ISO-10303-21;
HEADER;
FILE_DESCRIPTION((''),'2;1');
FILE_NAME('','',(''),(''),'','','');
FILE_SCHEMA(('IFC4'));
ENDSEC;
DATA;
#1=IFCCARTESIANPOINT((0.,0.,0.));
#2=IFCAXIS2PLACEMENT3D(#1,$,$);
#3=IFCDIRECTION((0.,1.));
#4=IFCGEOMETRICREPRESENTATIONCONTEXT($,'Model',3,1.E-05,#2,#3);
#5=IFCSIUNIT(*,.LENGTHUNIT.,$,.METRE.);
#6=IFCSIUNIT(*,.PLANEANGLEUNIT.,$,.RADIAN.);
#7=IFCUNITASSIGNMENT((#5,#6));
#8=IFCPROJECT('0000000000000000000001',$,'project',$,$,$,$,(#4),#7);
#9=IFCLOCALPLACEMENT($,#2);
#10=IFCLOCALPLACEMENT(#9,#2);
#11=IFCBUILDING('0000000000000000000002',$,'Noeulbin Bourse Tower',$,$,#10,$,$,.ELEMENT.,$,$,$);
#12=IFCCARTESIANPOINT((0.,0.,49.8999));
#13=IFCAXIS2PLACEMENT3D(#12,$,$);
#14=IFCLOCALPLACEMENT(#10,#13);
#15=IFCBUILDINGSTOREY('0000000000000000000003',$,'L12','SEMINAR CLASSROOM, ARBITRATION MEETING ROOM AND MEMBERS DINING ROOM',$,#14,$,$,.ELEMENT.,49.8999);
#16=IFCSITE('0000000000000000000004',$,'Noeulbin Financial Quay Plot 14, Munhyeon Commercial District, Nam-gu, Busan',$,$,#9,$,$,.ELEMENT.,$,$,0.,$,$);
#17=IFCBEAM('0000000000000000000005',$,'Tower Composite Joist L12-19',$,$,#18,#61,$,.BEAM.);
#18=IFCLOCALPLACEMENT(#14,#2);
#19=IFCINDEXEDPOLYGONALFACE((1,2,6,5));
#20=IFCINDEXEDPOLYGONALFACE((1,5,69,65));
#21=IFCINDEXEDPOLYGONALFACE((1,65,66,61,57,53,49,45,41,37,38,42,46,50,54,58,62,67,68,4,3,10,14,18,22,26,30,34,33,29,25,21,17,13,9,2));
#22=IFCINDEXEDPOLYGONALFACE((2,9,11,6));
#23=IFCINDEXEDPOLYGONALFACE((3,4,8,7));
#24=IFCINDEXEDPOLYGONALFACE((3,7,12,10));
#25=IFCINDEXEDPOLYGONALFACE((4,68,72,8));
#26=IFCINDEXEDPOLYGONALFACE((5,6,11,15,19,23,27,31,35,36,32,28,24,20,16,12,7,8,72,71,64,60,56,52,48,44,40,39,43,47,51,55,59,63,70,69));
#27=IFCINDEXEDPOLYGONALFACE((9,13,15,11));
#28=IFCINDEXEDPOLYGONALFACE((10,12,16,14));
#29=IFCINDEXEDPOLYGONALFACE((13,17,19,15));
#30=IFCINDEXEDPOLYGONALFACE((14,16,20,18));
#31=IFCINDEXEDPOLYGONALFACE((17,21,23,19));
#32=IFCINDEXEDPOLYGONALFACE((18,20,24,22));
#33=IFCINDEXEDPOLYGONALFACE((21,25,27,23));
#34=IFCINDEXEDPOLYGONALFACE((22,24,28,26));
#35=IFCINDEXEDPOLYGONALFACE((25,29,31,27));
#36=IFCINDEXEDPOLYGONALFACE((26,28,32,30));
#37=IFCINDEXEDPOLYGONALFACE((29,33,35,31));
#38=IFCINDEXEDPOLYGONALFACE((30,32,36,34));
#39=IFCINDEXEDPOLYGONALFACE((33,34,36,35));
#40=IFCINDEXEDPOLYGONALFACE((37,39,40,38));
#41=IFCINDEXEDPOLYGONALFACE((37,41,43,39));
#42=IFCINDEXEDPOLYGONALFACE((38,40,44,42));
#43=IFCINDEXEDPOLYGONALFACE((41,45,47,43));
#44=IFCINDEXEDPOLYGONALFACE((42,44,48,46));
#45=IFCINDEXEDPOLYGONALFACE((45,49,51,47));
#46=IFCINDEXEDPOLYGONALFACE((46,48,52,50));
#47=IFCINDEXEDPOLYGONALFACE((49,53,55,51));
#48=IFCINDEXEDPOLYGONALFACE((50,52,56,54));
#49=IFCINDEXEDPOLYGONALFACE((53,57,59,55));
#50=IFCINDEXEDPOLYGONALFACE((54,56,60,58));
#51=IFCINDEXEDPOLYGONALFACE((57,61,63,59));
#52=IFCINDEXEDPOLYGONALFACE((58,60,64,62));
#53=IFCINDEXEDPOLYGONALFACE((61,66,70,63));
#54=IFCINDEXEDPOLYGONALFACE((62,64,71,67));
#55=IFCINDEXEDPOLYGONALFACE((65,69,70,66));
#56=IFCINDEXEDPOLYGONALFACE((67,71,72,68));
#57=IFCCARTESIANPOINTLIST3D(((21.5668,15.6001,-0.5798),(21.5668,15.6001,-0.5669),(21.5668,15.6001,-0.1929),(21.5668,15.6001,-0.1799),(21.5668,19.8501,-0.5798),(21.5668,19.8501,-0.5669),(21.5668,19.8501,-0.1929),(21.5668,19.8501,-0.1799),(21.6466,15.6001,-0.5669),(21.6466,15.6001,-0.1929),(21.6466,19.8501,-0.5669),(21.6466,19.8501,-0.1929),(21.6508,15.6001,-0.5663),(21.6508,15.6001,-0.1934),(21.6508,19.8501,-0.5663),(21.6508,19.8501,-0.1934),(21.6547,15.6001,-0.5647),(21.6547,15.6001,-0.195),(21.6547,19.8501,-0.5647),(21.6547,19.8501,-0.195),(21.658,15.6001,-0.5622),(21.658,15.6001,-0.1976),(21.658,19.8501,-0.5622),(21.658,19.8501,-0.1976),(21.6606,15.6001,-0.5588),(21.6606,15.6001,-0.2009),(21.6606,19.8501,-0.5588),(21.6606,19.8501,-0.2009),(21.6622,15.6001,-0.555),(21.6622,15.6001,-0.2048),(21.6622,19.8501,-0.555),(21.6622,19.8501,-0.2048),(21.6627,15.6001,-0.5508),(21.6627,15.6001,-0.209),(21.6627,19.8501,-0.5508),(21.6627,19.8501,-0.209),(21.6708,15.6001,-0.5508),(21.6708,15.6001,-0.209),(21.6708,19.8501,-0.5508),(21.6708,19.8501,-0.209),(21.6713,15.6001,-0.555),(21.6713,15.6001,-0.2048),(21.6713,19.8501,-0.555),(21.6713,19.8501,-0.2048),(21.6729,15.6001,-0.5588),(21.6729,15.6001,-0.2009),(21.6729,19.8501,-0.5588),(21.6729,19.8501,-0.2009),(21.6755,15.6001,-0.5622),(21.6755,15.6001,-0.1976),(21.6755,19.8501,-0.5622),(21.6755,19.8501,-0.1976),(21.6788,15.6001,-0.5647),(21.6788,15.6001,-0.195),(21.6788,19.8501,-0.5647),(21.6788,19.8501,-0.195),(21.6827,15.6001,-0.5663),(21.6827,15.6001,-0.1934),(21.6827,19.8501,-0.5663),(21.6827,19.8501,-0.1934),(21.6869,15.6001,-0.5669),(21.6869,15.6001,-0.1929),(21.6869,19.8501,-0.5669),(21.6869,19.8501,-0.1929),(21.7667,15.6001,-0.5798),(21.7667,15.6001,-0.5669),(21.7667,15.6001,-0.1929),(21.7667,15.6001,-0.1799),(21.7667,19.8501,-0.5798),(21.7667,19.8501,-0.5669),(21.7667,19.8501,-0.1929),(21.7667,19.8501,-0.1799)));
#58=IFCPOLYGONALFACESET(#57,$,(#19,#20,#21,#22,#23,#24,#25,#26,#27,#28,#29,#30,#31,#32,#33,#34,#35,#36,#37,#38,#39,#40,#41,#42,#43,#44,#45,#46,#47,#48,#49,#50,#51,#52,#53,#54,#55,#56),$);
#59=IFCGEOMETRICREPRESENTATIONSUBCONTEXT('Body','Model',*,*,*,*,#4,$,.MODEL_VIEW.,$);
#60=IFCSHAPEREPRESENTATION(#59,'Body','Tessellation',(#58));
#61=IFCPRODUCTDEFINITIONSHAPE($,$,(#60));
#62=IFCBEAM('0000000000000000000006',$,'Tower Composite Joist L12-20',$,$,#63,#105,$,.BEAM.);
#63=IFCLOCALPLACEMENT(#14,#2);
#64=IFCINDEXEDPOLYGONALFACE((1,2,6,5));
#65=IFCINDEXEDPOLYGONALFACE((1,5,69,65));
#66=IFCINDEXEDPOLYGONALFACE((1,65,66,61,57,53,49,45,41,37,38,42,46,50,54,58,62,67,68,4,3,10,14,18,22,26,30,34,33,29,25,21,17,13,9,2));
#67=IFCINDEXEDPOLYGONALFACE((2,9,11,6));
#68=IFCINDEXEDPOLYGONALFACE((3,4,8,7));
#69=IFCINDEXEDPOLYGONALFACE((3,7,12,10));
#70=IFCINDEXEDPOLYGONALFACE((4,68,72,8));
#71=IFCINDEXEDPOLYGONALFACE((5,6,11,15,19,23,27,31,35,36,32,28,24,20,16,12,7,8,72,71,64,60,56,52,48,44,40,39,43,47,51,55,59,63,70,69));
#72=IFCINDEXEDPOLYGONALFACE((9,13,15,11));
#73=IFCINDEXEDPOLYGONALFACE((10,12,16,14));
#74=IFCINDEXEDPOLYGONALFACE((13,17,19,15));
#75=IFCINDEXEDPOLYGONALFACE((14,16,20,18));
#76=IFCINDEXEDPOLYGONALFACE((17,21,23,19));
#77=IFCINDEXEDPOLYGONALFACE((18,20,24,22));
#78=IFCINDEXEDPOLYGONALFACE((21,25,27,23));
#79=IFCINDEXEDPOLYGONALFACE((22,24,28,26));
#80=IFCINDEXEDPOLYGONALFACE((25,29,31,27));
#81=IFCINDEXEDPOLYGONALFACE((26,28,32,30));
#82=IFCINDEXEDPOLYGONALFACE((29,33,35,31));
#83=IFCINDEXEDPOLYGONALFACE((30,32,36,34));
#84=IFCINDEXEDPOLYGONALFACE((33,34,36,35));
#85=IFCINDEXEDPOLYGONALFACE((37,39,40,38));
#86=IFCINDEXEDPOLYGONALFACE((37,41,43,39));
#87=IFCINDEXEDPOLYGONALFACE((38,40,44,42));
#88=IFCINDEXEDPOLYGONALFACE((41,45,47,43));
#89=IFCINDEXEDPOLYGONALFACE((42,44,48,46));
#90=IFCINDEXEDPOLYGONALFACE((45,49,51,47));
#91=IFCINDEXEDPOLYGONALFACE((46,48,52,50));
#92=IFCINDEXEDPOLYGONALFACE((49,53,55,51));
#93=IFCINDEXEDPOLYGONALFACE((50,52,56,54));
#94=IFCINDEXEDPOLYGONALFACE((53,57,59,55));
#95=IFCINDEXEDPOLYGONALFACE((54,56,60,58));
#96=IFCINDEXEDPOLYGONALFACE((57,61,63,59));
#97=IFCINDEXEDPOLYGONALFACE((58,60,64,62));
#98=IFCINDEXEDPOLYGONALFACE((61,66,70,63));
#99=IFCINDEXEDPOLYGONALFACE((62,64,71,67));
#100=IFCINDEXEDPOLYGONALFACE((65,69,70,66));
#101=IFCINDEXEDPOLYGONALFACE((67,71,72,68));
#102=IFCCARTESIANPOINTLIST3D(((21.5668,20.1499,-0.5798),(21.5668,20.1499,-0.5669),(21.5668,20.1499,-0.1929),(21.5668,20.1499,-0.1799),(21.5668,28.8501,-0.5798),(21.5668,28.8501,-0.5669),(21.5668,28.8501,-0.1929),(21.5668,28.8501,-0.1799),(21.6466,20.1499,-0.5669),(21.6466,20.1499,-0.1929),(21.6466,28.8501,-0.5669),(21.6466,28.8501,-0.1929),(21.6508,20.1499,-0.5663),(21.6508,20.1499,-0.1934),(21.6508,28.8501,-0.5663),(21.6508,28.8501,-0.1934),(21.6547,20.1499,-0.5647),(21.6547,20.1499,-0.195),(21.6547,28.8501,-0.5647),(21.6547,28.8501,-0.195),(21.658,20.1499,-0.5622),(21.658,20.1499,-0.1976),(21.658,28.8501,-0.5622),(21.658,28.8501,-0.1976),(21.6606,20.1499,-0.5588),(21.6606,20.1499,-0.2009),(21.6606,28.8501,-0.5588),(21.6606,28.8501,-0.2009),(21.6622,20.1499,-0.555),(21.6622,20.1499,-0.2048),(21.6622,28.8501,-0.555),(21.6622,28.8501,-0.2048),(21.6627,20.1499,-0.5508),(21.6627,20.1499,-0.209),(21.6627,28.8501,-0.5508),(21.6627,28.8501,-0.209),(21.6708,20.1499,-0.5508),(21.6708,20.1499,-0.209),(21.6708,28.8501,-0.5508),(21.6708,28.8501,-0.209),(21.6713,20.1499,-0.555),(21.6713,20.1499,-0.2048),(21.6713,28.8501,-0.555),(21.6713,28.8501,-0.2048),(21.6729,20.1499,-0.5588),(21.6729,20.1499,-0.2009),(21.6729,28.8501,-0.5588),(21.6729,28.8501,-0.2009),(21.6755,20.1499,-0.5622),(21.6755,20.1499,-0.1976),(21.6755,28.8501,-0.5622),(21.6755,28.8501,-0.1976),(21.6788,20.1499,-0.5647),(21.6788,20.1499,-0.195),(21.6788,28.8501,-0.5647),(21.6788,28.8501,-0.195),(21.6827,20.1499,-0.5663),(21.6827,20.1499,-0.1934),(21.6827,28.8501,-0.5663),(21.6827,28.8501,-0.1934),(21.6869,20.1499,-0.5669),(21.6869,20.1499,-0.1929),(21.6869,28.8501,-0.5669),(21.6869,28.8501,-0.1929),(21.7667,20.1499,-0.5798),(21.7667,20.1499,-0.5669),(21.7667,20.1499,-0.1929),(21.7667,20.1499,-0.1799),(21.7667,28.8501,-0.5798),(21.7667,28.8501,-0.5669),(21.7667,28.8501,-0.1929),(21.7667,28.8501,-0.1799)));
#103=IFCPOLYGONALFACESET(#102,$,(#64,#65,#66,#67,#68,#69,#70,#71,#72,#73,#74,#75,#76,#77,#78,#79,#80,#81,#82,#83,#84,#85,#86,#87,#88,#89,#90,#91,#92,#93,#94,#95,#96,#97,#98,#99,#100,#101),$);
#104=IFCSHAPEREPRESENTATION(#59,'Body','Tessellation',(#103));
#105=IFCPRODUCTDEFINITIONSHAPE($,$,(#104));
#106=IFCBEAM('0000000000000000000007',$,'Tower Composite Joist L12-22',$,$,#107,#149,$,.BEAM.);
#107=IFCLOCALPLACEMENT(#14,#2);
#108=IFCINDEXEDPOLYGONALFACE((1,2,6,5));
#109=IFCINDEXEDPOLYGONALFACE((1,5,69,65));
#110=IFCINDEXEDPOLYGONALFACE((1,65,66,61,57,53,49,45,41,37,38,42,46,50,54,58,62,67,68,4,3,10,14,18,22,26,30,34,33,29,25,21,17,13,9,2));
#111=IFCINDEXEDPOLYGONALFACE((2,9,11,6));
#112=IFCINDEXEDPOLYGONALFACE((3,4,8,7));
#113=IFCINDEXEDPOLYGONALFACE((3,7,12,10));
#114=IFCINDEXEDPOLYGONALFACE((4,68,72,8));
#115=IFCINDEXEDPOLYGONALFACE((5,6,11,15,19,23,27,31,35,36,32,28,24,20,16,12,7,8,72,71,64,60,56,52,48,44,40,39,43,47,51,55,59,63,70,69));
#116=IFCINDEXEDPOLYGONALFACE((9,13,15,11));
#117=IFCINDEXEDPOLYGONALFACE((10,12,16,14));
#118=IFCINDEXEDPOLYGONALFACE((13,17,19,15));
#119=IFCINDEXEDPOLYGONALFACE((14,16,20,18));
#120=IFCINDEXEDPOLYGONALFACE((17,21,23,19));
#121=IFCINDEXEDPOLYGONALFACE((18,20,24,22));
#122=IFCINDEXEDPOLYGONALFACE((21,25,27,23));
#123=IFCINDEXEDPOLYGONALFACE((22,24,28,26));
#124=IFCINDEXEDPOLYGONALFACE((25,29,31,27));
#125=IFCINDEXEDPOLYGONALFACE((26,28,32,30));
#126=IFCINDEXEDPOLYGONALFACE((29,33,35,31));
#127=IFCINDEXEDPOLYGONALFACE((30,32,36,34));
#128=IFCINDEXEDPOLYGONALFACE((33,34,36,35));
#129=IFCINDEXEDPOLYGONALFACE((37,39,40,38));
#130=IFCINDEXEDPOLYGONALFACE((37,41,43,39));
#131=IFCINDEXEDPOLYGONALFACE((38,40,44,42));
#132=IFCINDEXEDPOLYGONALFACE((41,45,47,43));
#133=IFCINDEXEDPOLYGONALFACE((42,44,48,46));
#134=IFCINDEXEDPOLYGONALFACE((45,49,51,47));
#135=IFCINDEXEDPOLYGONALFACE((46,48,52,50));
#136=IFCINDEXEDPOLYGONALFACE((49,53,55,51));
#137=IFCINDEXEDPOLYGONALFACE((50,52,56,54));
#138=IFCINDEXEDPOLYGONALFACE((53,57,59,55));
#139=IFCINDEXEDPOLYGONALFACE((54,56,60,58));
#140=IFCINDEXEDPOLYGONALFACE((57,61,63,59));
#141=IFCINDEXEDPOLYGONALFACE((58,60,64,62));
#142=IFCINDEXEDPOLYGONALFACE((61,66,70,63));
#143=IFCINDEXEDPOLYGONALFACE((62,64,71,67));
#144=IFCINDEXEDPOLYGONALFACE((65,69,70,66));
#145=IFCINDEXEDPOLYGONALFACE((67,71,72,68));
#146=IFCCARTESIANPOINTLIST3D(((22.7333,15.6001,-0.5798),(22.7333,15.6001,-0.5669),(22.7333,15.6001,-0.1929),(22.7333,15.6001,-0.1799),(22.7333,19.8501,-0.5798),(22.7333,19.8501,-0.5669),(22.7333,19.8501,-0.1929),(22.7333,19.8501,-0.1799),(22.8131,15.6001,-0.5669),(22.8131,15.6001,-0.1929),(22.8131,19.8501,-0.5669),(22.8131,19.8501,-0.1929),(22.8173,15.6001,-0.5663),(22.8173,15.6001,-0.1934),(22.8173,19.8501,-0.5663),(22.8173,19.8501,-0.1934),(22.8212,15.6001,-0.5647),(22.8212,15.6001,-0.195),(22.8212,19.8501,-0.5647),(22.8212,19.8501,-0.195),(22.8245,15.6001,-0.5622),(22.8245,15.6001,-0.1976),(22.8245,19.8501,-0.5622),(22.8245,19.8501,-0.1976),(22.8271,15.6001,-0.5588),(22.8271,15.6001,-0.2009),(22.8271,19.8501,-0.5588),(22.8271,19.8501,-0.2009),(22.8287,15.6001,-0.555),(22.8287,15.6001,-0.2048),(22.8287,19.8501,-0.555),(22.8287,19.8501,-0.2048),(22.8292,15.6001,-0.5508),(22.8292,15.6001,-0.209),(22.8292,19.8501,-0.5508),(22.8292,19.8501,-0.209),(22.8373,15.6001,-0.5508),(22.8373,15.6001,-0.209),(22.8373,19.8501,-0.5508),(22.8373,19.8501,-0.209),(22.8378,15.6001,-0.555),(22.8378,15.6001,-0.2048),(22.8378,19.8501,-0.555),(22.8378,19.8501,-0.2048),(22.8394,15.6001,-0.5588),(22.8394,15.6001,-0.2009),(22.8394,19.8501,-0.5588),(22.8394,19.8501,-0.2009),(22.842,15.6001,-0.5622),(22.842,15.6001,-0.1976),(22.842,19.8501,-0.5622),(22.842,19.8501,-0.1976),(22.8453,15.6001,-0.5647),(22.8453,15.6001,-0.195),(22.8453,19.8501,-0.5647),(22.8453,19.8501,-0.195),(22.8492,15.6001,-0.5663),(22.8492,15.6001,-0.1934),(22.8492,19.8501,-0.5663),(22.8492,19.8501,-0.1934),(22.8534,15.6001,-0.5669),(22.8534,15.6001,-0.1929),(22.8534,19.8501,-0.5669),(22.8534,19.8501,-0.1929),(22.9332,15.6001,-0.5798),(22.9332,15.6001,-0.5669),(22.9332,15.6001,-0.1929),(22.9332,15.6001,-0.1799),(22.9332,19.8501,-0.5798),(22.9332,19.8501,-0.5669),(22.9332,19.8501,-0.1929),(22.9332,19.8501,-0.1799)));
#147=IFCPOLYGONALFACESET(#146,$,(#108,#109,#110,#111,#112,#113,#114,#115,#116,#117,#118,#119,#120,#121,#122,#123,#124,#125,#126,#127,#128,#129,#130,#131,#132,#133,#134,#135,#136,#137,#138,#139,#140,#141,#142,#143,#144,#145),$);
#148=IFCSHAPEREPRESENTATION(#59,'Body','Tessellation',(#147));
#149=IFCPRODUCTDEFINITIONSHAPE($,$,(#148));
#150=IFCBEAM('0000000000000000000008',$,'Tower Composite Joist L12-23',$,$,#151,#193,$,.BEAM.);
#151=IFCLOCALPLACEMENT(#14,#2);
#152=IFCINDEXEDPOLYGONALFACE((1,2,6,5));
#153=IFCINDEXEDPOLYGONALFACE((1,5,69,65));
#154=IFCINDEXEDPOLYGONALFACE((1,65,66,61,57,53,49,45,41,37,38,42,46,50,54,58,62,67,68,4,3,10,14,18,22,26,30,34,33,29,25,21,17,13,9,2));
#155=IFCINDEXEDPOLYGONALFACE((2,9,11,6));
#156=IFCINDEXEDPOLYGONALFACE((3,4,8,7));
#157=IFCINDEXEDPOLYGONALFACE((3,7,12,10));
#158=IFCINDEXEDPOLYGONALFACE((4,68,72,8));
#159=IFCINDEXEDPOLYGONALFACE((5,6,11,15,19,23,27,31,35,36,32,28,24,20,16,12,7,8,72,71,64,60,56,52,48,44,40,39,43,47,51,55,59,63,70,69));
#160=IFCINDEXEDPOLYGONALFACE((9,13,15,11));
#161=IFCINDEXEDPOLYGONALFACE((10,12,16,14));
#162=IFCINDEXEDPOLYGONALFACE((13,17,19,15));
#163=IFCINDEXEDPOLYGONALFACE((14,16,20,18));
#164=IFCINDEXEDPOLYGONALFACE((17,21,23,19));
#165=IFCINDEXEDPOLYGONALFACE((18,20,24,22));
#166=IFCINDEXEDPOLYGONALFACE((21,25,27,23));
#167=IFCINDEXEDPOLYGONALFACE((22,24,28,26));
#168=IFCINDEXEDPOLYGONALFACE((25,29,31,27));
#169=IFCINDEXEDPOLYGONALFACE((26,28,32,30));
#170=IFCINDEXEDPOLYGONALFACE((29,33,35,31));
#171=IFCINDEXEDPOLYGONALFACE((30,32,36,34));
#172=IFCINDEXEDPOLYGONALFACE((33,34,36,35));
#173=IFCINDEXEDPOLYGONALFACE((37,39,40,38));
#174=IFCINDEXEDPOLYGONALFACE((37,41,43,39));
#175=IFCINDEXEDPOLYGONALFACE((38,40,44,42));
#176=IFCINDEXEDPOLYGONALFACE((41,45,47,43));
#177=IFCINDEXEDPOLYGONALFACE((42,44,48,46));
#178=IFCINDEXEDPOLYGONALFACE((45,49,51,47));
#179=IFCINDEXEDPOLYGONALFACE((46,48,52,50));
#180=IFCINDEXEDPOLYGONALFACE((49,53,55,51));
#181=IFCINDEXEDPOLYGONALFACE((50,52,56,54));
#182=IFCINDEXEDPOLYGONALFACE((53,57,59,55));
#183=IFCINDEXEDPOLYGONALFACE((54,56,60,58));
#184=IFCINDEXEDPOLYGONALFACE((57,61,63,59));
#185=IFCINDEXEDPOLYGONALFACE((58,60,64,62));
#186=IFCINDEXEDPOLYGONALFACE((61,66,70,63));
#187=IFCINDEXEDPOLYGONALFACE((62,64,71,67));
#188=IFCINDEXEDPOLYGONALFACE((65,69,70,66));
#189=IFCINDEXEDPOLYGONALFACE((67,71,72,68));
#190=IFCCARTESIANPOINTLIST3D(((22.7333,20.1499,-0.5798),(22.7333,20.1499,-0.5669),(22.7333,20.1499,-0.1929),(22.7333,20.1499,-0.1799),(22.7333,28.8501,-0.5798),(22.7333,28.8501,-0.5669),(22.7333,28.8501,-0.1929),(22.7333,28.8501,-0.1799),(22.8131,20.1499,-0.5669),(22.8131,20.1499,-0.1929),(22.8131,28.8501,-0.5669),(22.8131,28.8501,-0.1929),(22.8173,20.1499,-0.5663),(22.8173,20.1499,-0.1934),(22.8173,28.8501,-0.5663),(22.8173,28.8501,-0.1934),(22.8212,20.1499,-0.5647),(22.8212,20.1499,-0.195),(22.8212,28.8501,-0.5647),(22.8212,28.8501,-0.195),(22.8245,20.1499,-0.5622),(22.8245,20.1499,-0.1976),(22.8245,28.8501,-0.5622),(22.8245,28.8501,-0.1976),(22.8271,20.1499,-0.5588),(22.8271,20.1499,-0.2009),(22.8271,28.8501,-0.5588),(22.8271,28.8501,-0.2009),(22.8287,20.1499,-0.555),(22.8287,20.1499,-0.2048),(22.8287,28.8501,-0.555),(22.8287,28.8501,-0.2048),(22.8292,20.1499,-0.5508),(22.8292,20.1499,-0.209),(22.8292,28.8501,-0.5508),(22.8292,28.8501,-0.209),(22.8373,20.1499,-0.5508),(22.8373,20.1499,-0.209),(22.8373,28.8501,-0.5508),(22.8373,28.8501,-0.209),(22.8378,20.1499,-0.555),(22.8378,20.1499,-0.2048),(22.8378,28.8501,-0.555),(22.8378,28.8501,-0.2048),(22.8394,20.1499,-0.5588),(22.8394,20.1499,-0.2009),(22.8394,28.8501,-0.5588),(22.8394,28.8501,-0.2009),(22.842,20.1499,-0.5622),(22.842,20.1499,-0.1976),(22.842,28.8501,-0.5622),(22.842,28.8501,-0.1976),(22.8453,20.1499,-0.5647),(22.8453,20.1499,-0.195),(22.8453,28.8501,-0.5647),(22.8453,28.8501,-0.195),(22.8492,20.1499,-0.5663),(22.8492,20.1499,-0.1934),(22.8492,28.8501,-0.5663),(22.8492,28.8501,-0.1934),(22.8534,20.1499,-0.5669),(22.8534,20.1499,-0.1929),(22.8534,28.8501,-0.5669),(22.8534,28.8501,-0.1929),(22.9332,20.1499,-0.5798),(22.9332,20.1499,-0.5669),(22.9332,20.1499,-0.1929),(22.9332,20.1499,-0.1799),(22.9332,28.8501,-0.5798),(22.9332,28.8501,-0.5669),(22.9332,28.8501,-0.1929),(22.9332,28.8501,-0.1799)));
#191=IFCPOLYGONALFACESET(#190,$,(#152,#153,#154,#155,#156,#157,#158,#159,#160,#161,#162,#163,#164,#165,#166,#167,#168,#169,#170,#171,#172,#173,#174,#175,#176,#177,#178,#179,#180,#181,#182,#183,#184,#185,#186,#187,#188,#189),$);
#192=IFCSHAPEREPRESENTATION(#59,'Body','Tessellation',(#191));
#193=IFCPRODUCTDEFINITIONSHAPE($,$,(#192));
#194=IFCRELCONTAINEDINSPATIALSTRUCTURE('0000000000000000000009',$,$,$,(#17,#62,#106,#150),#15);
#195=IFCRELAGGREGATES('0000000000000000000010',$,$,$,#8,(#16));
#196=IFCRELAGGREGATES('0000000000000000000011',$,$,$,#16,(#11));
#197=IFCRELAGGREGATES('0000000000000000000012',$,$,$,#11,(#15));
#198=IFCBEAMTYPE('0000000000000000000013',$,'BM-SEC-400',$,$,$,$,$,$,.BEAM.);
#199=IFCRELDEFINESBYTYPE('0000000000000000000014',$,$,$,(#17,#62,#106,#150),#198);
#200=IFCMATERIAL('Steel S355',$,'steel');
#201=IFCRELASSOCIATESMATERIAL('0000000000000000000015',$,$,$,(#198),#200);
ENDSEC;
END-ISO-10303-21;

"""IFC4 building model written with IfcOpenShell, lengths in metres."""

from ifc_helpers import new_model, si_unit, direction, frame, origin, origin_2d, place, context, subcontext, project, spatial, i_section, extrude, material, material_profile, profile_set, type_object, element, save


model = new_model("IFC4")

# Units and contexts
model_context = context("Model", 3, precision=1e-05, world=origin(), true_north=direction((0.0, 1.0)))
body_context = subcontext(model_context, "Body", "Model", "MODEL_VIEW")
ifc_project = project(units=[si_unit("LENGTHUNIT", "METRE"), si_unit("PLANEANGLEUNIT", "RADIAN")], contexts=[model_context])

# Site, building, storey
site_placement = place(None, origin())
site = spatial("IfcSite", under=ifc_project, at=site_placement, Name="Noeulbin Financial Quay Plot 14, Munhyeon Commercial District, Nam-gu, Busan", CompositionType="ELEMENT", RefElevation=0.0)
building_placement = place(site_placement, origin())
building = spatial("IfcBuilding", under=site, at=building_placement, Name="Noeulbin Bourse Tower", CompositionType="ELEMENT")
storey_placement = place(building_placement, frame((0.0, 0.0, 49.8999)))
storey = spatial("IfcBuildingStorey", under=building, at=storey_placement, Name="L12", Description="SEMINAR CLASSROOM, ARBITRATION MEETING ROOM AND MEMBERS DINING ROOM", CompositionType="ELEMENT", Elevation=49.8999)

# Beams
ifc_material_1 = material(Name="Steel S355", Category="steel")
ifc_material_profile_1 = material_profile(ifc_material_1, i_section(OverallWidth=0.2, OverallDepth=0.3999, WebThickness=0.0081, FlangeThickness=0.0129, FilletRadius=0.0161, at=origin_2d()), Name="H-400x200x8x13", Category="LoadBearing")
ifc_profile_set_1 = profile_set([ifc_material_profile_1], Name="Steel S355")
beam_type_1 = type_object("IfcBeamType", Name="BM-SEC-400", PredefinedType="BEAM", material=ifc_profile_set_1)
beam_1_placement = place(storey_placement, frame((21.6667, 15.6001, -0.3799), z_axis=(0.0, 1.0, 0.0), x_axis=(-1.0, 0.0, 0.0)))
element("IfcBeam", 1, at=beam_1_placement, inside=storey, type_object=beam_type_1, Name="Tower Composite Joist L12-19", PredefinedType="BEAM", context=body_context, shape_type="SweptSolid", body=[
    extrude(i_section(OverallWidth=0.2, OverallDepth=0.3999, WebThickness=0.0081, FlangeThickness=0.0129, FilletRadius=0.0161, at=origin_2d()), origin(), (0.0, 0.0, 1.0), 4.25),
])
beam_2_placement = place(storey_placement, frame((21.6667, 20.1499, -0.3799), z_axis=(0.0, 1.0, 0.0), x_axis=(-1.0, 0.0, 0.0)))
element("IfcBeam", 2, at=beam_2_placement, inside=storey, type_object=beam_type_1, Name="Tower Composite Joist L12-20", PredefinedType="BEAM", context=body_context, shape_type="SweptSolid", body=[
    extrude(i_section(OverallWidth=0.2, OverallDepth=0.3999, WebThickness=0.0081, FlangeThickness=0.0129, FilletRadius=0.0161, at=origin_2d()), origin(), (0.0, 0.0, 1.0), 8.7002),
])
beam_3_placement = place(storey_placement, frame((22.8333, 15.6001, -0.3799), z_axis=(0.0, 1.0, 0.0), x_axis=(-1.0, 0.0, 0.0)))
element("IfcBeam", 3, at=beam_3_placement, inside=storey, type_object=beam_type_1, Name="Tower Composite Joist L12-22", PredefinedType="BEAM", context=body_context, shape_type="SweptSolid", body=[
    extrude(i_section(OverallWidth=0.2, OverallDepth=0.3999, WebThickness=0.0081, FlangeThickness=0.0129, FilletRadius=0.0161, at=origin_2d()), origin(), (0.0, 0.0, 1.0), 4.25),
])
beam_4_placement = place(storey_placement, frame((22.8333, 20.1499, -0.3799), z_axis=(0.0, 1.0, 0.0), x_axis=(-1.0, 0.0, 0.0)))
element("IfcBeam", 4, at=beam_4_placement, inside=storey, type_object=beam_type_1, Name="Tower Composite Joist L12-23", PredefinedType="BEAM", context=body_context, shape_type="SweptSolid", body=[
    extrude(i_section(OverallWidth=0.2, OverallDepth=0.3999, WebThickness=0.0081, FlangeThickness=0.0129, FilletRadius=0.0161, at=origin_2d()), origin(), (0.0, 0.0, 1.0), 8.7002),
])

save(model, "model.ifc")
